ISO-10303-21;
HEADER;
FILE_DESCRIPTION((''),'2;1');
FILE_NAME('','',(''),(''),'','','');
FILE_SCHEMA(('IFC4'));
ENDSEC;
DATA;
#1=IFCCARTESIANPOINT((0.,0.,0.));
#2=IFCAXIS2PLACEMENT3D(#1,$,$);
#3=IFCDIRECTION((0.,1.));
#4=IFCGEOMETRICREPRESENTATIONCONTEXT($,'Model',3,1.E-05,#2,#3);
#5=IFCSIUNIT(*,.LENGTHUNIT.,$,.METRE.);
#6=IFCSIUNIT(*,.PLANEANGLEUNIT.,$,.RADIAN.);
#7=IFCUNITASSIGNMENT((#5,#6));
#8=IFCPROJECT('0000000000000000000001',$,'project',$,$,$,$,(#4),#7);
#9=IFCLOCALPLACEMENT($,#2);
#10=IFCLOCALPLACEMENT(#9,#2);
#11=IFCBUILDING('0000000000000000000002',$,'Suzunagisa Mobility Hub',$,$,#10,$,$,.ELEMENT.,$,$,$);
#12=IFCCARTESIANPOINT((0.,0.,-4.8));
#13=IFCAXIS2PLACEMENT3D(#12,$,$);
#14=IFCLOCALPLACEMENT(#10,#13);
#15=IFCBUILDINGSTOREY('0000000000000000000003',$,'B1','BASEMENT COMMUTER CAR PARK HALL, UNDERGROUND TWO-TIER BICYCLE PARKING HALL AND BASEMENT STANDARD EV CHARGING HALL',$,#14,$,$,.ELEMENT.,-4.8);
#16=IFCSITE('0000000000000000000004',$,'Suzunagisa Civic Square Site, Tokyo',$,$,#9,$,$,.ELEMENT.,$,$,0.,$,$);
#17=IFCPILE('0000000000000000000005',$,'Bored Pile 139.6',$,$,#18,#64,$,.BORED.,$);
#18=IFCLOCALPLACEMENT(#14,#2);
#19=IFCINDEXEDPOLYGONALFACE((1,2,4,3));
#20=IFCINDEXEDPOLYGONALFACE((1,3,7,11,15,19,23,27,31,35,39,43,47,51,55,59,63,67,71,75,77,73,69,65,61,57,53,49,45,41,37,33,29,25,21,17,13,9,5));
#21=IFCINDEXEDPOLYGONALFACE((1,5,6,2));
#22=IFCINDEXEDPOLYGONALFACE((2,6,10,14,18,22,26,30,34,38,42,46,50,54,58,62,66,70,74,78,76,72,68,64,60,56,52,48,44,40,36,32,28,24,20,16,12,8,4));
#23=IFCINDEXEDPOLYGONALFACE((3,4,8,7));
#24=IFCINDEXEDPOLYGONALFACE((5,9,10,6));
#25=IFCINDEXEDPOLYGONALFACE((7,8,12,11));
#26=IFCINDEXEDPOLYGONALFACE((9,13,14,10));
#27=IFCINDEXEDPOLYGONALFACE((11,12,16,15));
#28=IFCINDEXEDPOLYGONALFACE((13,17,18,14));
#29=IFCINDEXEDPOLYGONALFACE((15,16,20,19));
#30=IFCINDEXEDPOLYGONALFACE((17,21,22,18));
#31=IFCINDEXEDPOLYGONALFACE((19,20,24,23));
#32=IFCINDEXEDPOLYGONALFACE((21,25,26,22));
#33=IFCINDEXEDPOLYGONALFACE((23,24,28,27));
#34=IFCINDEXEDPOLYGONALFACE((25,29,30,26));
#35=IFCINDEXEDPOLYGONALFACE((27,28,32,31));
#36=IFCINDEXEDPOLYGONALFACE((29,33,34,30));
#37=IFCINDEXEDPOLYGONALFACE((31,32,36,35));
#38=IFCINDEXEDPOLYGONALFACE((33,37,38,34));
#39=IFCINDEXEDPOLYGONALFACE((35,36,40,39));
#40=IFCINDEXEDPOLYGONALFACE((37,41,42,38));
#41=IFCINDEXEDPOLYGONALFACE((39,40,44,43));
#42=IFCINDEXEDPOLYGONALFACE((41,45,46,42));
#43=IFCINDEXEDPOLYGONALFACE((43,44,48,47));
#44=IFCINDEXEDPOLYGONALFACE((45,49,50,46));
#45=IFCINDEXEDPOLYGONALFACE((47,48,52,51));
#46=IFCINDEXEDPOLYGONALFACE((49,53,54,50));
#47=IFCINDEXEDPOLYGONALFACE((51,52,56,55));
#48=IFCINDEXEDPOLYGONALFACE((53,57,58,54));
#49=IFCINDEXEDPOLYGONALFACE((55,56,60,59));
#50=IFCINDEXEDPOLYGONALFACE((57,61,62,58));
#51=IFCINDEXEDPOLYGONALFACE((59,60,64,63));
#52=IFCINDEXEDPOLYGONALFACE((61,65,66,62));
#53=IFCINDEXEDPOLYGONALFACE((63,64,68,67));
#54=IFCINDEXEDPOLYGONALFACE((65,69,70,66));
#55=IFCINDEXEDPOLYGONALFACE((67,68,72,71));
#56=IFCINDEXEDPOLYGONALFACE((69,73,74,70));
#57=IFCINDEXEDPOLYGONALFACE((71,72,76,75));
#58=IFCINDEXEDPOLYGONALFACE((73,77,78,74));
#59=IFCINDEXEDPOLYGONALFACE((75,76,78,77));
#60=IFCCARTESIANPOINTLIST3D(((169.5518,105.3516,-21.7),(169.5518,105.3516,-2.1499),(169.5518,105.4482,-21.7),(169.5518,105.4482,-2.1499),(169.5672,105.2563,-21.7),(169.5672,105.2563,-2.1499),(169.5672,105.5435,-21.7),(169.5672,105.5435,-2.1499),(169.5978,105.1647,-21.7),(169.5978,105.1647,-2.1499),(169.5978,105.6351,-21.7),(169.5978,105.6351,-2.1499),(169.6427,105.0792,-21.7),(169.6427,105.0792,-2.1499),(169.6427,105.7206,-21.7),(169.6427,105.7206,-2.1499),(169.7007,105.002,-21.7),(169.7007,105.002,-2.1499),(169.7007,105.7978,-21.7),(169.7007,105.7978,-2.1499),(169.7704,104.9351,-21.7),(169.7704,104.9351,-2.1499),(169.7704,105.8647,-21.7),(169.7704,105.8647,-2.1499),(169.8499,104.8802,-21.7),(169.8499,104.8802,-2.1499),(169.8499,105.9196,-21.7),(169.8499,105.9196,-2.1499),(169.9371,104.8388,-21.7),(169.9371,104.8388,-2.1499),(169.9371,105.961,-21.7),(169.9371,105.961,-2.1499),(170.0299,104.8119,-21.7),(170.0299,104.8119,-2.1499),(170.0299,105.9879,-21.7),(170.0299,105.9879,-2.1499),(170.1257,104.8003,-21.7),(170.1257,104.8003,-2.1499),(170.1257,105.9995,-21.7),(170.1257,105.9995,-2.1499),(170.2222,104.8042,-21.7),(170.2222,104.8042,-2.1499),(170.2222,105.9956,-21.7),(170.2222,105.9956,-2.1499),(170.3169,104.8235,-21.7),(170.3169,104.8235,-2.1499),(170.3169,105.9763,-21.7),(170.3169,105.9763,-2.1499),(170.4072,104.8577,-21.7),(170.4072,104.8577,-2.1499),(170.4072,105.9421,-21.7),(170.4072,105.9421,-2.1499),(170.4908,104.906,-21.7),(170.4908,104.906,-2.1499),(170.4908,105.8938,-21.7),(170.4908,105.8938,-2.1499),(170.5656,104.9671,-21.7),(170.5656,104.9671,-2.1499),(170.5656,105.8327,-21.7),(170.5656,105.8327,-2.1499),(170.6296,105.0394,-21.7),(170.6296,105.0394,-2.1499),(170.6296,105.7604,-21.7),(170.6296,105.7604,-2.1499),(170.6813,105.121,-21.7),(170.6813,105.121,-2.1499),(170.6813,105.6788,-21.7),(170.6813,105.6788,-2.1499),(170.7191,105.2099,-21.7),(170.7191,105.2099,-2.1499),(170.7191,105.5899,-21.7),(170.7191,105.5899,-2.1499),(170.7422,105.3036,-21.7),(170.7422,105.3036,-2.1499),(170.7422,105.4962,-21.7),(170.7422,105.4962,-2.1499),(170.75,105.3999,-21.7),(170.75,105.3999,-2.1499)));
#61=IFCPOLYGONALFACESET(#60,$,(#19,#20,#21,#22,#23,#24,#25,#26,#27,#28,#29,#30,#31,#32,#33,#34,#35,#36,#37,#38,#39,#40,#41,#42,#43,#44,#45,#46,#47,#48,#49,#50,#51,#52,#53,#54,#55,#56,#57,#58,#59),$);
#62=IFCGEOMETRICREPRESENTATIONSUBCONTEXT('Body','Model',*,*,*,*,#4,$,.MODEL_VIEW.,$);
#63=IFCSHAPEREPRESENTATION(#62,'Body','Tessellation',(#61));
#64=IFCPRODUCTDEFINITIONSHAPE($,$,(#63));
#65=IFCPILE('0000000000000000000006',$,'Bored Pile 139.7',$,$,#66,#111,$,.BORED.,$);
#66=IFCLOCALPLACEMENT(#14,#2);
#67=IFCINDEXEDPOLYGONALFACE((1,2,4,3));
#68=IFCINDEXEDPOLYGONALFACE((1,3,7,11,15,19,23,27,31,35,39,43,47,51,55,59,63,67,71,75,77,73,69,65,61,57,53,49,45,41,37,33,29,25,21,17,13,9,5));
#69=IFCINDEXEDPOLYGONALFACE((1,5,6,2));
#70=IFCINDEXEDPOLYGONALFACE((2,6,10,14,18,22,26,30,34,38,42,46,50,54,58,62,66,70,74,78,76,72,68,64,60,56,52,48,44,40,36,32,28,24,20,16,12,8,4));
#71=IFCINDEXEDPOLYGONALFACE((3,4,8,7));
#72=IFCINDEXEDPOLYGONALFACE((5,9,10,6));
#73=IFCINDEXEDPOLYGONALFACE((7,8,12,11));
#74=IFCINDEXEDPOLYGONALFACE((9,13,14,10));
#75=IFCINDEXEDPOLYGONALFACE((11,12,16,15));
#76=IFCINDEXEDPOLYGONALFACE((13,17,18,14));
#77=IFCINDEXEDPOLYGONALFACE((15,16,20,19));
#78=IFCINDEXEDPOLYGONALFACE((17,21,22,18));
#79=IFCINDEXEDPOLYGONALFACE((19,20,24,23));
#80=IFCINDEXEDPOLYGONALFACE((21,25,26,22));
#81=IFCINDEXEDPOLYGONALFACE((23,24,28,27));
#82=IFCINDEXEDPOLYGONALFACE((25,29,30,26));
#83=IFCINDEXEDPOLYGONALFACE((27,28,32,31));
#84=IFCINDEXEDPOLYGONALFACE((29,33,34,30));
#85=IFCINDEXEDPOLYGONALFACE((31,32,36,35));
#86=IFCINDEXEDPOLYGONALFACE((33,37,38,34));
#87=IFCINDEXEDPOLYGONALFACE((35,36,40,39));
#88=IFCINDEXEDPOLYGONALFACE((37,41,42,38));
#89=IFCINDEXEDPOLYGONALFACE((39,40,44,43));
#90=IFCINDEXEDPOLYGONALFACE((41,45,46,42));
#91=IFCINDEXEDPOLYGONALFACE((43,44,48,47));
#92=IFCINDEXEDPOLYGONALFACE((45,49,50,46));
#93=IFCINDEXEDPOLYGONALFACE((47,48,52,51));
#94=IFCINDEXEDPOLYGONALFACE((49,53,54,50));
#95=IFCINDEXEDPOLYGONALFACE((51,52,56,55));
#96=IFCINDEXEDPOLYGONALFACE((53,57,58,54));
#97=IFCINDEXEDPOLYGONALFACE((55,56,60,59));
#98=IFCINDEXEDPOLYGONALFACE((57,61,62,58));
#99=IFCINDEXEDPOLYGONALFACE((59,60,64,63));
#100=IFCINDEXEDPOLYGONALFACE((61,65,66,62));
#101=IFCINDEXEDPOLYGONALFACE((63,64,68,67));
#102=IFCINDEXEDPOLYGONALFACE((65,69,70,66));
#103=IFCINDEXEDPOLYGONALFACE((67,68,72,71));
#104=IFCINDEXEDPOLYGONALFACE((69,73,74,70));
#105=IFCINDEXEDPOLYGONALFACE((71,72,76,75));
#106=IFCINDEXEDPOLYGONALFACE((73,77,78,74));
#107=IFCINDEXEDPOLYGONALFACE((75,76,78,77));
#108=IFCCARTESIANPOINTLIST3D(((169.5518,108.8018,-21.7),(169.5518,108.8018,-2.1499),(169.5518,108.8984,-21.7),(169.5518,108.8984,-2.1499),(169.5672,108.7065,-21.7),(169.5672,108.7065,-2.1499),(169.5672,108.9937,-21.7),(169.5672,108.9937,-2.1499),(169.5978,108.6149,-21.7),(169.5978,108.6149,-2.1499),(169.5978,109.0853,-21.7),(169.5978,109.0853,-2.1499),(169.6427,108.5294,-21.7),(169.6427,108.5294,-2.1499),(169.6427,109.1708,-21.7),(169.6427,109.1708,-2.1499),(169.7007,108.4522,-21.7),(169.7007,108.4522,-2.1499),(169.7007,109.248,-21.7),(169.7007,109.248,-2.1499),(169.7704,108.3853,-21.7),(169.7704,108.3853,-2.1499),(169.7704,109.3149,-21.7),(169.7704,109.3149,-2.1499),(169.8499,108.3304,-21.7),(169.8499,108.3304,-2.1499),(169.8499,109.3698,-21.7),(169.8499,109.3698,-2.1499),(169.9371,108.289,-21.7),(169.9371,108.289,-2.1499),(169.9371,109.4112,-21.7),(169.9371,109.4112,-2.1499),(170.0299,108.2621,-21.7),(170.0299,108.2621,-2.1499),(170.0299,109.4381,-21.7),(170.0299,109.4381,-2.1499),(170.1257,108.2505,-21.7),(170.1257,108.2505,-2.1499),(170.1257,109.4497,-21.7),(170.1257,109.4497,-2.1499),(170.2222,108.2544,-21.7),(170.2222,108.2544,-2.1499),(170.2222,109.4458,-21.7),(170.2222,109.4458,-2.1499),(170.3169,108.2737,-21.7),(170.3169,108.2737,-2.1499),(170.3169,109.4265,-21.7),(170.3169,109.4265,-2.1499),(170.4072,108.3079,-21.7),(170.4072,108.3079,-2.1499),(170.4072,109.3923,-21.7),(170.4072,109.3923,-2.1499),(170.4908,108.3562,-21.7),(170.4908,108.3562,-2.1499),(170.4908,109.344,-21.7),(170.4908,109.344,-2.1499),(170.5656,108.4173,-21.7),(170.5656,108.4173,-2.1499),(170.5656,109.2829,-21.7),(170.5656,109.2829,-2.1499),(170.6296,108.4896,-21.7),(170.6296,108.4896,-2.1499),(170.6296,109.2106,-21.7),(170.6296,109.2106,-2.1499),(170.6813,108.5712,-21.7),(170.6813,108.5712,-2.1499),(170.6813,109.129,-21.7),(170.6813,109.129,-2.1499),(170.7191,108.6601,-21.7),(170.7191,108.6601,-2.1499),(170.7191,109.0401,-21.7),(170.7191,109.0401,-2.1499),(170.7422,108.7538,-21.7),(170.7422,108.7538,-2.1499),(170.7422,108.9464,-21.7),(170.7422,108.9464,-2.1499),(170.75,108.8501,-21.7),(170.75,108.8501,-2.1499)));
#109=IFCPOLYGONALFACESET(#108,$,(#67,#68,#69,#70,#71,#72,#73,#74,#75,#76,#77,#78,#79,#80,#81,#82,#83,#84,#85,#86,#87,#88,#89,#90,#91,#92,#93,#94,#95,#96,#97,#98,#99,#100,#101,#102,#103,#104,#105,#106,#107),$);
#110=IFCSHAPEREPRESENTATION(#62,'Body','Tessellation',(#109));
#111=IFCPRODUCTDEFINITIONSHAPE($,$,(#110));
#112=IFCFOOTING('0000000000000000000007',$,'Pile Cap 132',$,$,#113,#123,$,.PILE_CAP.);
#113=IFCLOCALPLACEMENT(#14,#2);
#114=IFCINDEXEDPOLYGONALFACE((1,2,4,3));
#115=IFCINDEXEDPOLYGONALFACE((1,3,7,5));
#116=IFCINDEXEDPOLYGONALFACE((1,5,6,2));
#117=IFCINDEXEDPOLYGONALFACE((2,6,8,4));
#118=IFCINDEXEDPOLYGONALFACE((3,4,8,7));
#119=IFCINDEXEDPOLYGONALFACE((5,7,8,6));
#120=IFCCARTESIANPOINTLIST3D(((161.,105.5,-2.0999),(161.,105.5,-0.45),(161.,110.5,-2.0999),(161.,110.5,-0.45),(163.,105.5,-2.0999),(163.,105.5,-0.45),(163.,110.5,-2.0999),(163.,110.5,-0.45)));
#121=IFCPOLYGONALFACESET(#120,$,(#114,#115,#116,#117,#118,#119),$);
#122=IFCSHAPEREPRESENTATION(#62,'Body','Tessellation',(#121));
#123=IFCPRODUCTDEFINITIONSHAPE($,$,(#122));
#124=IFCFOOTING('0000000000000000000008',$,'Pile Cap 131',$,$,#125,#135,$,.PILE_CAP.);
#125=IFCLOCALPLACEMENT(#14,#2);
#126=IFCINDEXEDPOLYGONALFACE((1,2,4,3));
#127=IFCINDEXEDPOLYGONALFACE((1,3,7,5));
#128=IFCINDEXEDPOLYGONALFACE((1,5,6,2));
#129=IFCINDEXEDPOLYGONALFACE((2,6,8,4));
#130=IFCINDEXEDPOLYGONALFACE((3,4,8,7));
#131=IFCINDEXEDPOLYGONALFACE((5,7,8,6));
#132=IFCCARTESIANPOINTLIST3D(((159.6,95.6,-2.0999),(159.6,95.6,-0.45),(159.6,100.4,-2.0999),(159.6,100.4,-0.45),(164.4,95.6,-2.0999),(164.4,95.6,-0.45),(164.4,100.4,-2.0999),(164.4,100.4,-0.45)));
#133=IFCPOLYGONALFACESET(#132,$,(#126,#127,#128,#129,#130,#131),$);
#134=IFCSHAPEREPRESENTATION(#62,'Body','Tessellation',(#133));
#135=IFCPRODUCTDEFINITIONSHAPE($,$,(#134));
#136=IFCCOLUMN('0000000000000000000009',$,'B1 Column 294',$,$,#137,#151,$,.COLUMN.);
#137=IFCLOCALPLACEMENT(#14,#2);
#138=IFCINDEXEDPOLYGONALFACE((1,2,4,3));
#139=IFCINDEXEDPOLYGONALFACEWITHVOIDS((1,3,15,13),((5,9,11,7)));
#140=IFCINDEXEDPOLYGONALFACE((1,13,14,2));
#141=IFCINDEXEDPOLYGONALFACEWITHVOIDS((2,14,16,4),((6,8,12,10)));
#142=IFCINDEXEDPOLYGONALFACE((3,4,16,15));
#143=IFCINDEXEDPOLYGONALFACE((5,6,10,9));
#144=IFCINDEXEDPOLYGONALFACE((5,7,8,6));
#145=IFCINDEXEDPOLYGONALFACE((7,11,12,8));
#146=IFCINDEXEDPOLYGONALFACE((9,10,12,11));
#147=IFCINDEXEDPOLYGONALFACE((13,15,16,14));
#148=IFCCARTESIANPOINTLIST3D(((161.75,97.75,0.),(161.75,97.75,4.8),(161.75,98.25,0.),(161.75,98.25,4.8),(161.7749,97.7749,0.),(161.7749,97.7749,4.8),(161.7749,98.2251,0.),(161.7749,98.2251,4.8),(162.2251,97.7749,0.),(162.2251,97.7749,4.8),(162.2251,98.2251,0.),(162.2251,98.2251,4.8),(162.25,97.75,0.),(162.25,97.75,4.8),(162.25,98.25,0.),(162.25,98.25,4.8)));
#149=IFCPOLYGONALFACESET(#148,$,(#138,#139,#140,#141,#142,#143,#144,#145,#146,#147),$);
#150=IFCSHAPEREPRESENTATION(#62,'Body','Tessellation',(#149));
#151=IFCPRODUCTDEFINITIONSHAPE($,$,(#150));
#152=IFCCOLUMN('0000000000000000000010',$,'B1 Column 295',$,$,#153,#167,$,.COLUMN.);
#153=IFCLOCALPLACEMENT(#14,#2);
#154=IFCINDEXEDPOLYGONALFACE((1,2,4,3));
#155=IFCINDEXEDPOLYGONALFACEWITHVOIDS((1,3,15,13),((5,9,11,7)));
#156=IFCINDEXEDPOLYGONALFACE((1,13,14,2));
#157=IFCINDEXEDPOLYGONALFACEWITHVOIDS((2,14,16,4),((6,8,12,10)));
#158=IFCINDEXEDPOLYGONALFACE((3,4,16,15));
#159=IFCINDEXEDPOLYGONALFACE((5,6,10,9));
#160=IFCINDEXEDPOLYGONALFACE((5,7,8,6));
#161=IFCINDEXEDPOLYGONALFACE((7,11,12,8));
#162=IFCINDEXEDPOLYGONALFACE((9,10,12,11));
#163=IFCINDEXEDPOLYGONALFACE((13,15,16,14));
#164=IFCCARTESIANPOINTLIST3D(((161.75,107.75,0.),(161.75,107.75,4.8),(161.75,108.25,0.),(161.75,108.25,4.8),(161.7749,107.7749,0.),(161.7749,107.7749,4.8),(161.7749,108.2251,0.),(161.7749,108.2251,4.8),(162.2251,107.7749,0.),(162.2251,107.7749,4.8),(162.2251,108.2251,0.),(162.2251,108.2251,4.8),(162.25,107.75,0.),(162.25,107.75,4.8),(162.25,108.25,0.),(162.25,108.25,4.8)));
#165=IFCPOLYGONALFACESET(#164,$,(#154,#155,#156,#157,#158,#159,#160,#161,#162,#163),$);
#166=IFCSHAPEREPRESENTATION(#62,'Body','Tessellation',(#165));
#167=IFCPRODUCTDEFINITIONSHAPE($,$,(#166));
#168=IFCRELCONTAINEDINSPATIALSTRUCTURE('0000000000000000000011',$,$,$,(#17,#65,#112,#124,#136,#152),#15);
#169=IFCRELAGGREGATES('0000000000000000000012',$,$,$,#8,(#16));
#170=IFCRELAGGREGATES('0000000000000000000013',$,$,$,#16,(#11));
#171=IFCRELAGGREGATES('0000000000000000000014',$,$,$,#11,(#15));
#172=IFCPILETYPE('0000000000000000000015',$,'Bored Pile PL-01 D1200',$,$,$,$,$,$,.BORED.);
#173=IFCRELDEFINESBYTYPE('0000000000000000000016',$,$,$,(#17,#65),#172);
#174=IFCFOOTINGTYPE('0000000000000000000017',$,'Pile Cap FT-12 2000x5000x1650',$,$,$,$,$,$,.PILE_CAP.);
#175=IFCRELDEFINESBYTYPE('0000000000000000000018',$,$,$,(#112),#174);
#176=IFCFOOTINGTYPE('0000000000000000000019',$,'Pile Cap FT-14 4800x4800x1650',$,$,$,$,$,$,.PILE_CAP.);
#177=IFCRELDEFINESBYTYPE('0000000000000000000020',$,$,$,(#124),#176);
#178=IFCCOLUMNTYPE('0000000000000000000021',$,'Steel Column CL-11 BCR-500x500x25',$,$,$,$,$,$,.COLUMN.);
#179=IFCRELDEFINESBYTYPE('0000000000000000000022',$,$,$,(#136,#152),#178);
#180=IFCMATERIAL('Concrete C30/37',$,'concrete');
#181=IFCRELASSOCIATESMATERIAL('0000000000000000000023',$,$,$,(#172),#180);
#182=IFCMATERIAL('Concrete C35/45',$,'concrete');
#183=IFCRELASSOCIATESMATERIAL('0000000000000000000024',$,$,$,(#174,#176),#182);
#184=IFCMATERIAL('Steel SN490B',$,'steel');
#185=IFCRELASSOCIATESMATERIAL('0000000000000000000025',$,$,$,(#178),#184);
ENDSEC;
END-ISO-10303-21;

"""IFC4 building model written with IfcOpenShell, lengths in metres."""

from ifc_helpers import new_model, si_unit, direction, frame, origin, origin_2d, place, context, subcontext, project, spatial, rectangle, hollow_rectangle, circle, extrude, material, material_profile, profile_set, type_object, element, save


model = new_model("IFC4")

# Units and contexts
model_context = context("Model", 3, precision=1e-05, world=origin(), true_north=direction((0.0, 1.0)))
body_context = subcontext(model_context, "Body", "Model", "MODEL_VIEW")
ifc_project = project(units=[si_unit("LENGTHUNIT", "METRE"), si_unit("PLANEANGLEUNIT", "RADIAN")], contexts=[model_context])

# Site, building, storey
site_placement = place(None, origin())
site = spatial("IfcSite", under=ifc_project, at=site_placement, Name="Suzunagisa Civic Square Site, Tokyo", CompositionType="ELEMENT", RefElevation=0.0)
building_placement = place(site_placement, origin())
building = spatial("IfcBuilding", under=site, at=building_placement, Name="Suzunagisa Mobility Hub", CompositionType="ELEMENT")
storey_placement = place(building_placement, frame((0.0, 0.0, -4.8)))
storey = spatial("IfcBuildingStorey", under=building, at=storey_placement, Name="B1", Description="BASEMENT COMMUTER CAR PARK HALL, UNDERGROUND TWO-TIER BICYCLE PARKING HALL AND BASEMENT STANDARD EV CHARGING HALL", CompositionType="ELEMENT", Elevation=-4.8)

# Piles
ifc_material_1 = material(Name="Concrete C30/37", Category="concrete")
ifc_material_profile_1 = material_profile(ifc_material_1, circle(Radius=0.6001, at=origin_2d()), Name="BORED PILE D1200")
ifc_profile_set_1 = profile_set([ifc_material_profile_1], Name="Concrete C30/37")
pile_type = type_object("IfcPileType", Name="Bored Pile PL-01 D1200", PredefinedType="BORED", material=ifc_profile_set_1)
for number, where, z_axis, x_axis, name in (
    (1, (170.1499, 105.3999, -2.1499), (0.0, 0.0, -1.0), (1.0, 0.0, 0.0), "Bored Pile 139.6"),
    (2, (170.1499, 108.8501, -2.1499), (0.0, 0.0, -1.0), (1.0, 0.0, 0.0), "Bored Pile 139.7"),
):
    element("IfcPile", number, at=place(storey_placement, frame(where, z_axis=z_axis, x_axis=x_axis)), inside=storey, type_object=pile_type, Name=name, PredefinedType="BORED", context=body_context, shape_type="SweptSolid", body=[
        extrude(circle(Radius=0.6001, at=origin_2d()), origin(), (0.0, 0.0, 1.0), 19.55),
    ])

# Footings
ifc_material_2 = material(Name="Concrete C35/45", Category="concrete")
footing_type_1 = type_object("IfcFootingType", Name="Pile Cap FT-12 2000x5000x1650", PredefinedType="PILE_CAP", material=ifc_material_2)
footing_1_placement = place(storey_placement, frame((162.0, 108.0, -2.0999), z_axis=(0.0, 0.0, 1.0), x_axis=(1.0, 0.0, 0.0)))
element("IfcFooting", 3, at=footing_1_placement, inside=storey, type_object=footing_type_1, Name="Pile Cap 132", PredefinedType="PILE_CAP", context=body_context, shape_type="SweptSolid", body=[
    extrude(rectangle(XDim=2.0, YDim=5.0, at=origin_2d()), origin(), (0.0, 0.0, 1.0), 1.6499),
])
footing_type_2 = type_object("IfcFootingType", Name="Pile Cap FT-14 4800x4800x1650", PredefinedType="PILE_CAP", material=ifc_material_2)
footing_2_placement = place(storey_placement, frame((162.0, 98.0, -2.0999), z_axis=(0.0, 0.0, 1.0), x_axis=(1.0, 0.0, 0.0)))
element("IfcFooting", 4, at=footing_2_placement, inside=storey, type_object=footing_type_2, Name="Pile Cap 131", PredefinedType="PILE_CAP", context=body_context, shape_type="SweptSolid", body=[
    extrude(rectangle(XDim=4.8, YDim=4.8, at=origin_2d()), origin(), (0.0, 0.0, 1.0), 1.6499),
])

# Columns
ifc_material_3 = material(Name="Steel SN490B", Category="steel")
ifc_material_profile_2 = material_profile(ifc_material_3, hollow_rectangle(XDim=0.5, YDim=0.5, WallThickness=0.0249, at=origin_2d()), Name="BCR-500x500x25")
ifc_profile_set_2 = profile_set([ifc_material_profile_2], Name="Steel SN490B")
column_type = type_object("IfcColumnType", Name="Steel Column CL-11 BCR-500x500x25", PredefinedType="COLUMN", material=ifc_profile_set_2)
for number, where, z_axis, x_axis, name in (
    (5, (162.0, 98.0, 0.0), (0.0, 0.0, 1.0), (1.0, 0.0, 0.0), "B1 Column 294"),
    (6, (162.0, 108.0, 0.0), (0.0, 0.0, 1.0), (1.0, 0.0, 0.0), "B1 Column 295"),
):
    element("IfcColumn", number, at=place(storey_placement, frame(where, z_axis=z_axis, x_axis=x_axis)), inside=storey, type_object=column_type, Name=name, PredefinedType="COLUMN", context=body_context, shape_type="SweptSolid", body=[
        extrude(hollow_rectangle(XDim=0.5, YDim=0.5, WallThickness=0.0249, at=origin_2d()), origin(), (0.0, 0.0, 1.0), 4.8),
    ])

save(model, "model.ifc")
